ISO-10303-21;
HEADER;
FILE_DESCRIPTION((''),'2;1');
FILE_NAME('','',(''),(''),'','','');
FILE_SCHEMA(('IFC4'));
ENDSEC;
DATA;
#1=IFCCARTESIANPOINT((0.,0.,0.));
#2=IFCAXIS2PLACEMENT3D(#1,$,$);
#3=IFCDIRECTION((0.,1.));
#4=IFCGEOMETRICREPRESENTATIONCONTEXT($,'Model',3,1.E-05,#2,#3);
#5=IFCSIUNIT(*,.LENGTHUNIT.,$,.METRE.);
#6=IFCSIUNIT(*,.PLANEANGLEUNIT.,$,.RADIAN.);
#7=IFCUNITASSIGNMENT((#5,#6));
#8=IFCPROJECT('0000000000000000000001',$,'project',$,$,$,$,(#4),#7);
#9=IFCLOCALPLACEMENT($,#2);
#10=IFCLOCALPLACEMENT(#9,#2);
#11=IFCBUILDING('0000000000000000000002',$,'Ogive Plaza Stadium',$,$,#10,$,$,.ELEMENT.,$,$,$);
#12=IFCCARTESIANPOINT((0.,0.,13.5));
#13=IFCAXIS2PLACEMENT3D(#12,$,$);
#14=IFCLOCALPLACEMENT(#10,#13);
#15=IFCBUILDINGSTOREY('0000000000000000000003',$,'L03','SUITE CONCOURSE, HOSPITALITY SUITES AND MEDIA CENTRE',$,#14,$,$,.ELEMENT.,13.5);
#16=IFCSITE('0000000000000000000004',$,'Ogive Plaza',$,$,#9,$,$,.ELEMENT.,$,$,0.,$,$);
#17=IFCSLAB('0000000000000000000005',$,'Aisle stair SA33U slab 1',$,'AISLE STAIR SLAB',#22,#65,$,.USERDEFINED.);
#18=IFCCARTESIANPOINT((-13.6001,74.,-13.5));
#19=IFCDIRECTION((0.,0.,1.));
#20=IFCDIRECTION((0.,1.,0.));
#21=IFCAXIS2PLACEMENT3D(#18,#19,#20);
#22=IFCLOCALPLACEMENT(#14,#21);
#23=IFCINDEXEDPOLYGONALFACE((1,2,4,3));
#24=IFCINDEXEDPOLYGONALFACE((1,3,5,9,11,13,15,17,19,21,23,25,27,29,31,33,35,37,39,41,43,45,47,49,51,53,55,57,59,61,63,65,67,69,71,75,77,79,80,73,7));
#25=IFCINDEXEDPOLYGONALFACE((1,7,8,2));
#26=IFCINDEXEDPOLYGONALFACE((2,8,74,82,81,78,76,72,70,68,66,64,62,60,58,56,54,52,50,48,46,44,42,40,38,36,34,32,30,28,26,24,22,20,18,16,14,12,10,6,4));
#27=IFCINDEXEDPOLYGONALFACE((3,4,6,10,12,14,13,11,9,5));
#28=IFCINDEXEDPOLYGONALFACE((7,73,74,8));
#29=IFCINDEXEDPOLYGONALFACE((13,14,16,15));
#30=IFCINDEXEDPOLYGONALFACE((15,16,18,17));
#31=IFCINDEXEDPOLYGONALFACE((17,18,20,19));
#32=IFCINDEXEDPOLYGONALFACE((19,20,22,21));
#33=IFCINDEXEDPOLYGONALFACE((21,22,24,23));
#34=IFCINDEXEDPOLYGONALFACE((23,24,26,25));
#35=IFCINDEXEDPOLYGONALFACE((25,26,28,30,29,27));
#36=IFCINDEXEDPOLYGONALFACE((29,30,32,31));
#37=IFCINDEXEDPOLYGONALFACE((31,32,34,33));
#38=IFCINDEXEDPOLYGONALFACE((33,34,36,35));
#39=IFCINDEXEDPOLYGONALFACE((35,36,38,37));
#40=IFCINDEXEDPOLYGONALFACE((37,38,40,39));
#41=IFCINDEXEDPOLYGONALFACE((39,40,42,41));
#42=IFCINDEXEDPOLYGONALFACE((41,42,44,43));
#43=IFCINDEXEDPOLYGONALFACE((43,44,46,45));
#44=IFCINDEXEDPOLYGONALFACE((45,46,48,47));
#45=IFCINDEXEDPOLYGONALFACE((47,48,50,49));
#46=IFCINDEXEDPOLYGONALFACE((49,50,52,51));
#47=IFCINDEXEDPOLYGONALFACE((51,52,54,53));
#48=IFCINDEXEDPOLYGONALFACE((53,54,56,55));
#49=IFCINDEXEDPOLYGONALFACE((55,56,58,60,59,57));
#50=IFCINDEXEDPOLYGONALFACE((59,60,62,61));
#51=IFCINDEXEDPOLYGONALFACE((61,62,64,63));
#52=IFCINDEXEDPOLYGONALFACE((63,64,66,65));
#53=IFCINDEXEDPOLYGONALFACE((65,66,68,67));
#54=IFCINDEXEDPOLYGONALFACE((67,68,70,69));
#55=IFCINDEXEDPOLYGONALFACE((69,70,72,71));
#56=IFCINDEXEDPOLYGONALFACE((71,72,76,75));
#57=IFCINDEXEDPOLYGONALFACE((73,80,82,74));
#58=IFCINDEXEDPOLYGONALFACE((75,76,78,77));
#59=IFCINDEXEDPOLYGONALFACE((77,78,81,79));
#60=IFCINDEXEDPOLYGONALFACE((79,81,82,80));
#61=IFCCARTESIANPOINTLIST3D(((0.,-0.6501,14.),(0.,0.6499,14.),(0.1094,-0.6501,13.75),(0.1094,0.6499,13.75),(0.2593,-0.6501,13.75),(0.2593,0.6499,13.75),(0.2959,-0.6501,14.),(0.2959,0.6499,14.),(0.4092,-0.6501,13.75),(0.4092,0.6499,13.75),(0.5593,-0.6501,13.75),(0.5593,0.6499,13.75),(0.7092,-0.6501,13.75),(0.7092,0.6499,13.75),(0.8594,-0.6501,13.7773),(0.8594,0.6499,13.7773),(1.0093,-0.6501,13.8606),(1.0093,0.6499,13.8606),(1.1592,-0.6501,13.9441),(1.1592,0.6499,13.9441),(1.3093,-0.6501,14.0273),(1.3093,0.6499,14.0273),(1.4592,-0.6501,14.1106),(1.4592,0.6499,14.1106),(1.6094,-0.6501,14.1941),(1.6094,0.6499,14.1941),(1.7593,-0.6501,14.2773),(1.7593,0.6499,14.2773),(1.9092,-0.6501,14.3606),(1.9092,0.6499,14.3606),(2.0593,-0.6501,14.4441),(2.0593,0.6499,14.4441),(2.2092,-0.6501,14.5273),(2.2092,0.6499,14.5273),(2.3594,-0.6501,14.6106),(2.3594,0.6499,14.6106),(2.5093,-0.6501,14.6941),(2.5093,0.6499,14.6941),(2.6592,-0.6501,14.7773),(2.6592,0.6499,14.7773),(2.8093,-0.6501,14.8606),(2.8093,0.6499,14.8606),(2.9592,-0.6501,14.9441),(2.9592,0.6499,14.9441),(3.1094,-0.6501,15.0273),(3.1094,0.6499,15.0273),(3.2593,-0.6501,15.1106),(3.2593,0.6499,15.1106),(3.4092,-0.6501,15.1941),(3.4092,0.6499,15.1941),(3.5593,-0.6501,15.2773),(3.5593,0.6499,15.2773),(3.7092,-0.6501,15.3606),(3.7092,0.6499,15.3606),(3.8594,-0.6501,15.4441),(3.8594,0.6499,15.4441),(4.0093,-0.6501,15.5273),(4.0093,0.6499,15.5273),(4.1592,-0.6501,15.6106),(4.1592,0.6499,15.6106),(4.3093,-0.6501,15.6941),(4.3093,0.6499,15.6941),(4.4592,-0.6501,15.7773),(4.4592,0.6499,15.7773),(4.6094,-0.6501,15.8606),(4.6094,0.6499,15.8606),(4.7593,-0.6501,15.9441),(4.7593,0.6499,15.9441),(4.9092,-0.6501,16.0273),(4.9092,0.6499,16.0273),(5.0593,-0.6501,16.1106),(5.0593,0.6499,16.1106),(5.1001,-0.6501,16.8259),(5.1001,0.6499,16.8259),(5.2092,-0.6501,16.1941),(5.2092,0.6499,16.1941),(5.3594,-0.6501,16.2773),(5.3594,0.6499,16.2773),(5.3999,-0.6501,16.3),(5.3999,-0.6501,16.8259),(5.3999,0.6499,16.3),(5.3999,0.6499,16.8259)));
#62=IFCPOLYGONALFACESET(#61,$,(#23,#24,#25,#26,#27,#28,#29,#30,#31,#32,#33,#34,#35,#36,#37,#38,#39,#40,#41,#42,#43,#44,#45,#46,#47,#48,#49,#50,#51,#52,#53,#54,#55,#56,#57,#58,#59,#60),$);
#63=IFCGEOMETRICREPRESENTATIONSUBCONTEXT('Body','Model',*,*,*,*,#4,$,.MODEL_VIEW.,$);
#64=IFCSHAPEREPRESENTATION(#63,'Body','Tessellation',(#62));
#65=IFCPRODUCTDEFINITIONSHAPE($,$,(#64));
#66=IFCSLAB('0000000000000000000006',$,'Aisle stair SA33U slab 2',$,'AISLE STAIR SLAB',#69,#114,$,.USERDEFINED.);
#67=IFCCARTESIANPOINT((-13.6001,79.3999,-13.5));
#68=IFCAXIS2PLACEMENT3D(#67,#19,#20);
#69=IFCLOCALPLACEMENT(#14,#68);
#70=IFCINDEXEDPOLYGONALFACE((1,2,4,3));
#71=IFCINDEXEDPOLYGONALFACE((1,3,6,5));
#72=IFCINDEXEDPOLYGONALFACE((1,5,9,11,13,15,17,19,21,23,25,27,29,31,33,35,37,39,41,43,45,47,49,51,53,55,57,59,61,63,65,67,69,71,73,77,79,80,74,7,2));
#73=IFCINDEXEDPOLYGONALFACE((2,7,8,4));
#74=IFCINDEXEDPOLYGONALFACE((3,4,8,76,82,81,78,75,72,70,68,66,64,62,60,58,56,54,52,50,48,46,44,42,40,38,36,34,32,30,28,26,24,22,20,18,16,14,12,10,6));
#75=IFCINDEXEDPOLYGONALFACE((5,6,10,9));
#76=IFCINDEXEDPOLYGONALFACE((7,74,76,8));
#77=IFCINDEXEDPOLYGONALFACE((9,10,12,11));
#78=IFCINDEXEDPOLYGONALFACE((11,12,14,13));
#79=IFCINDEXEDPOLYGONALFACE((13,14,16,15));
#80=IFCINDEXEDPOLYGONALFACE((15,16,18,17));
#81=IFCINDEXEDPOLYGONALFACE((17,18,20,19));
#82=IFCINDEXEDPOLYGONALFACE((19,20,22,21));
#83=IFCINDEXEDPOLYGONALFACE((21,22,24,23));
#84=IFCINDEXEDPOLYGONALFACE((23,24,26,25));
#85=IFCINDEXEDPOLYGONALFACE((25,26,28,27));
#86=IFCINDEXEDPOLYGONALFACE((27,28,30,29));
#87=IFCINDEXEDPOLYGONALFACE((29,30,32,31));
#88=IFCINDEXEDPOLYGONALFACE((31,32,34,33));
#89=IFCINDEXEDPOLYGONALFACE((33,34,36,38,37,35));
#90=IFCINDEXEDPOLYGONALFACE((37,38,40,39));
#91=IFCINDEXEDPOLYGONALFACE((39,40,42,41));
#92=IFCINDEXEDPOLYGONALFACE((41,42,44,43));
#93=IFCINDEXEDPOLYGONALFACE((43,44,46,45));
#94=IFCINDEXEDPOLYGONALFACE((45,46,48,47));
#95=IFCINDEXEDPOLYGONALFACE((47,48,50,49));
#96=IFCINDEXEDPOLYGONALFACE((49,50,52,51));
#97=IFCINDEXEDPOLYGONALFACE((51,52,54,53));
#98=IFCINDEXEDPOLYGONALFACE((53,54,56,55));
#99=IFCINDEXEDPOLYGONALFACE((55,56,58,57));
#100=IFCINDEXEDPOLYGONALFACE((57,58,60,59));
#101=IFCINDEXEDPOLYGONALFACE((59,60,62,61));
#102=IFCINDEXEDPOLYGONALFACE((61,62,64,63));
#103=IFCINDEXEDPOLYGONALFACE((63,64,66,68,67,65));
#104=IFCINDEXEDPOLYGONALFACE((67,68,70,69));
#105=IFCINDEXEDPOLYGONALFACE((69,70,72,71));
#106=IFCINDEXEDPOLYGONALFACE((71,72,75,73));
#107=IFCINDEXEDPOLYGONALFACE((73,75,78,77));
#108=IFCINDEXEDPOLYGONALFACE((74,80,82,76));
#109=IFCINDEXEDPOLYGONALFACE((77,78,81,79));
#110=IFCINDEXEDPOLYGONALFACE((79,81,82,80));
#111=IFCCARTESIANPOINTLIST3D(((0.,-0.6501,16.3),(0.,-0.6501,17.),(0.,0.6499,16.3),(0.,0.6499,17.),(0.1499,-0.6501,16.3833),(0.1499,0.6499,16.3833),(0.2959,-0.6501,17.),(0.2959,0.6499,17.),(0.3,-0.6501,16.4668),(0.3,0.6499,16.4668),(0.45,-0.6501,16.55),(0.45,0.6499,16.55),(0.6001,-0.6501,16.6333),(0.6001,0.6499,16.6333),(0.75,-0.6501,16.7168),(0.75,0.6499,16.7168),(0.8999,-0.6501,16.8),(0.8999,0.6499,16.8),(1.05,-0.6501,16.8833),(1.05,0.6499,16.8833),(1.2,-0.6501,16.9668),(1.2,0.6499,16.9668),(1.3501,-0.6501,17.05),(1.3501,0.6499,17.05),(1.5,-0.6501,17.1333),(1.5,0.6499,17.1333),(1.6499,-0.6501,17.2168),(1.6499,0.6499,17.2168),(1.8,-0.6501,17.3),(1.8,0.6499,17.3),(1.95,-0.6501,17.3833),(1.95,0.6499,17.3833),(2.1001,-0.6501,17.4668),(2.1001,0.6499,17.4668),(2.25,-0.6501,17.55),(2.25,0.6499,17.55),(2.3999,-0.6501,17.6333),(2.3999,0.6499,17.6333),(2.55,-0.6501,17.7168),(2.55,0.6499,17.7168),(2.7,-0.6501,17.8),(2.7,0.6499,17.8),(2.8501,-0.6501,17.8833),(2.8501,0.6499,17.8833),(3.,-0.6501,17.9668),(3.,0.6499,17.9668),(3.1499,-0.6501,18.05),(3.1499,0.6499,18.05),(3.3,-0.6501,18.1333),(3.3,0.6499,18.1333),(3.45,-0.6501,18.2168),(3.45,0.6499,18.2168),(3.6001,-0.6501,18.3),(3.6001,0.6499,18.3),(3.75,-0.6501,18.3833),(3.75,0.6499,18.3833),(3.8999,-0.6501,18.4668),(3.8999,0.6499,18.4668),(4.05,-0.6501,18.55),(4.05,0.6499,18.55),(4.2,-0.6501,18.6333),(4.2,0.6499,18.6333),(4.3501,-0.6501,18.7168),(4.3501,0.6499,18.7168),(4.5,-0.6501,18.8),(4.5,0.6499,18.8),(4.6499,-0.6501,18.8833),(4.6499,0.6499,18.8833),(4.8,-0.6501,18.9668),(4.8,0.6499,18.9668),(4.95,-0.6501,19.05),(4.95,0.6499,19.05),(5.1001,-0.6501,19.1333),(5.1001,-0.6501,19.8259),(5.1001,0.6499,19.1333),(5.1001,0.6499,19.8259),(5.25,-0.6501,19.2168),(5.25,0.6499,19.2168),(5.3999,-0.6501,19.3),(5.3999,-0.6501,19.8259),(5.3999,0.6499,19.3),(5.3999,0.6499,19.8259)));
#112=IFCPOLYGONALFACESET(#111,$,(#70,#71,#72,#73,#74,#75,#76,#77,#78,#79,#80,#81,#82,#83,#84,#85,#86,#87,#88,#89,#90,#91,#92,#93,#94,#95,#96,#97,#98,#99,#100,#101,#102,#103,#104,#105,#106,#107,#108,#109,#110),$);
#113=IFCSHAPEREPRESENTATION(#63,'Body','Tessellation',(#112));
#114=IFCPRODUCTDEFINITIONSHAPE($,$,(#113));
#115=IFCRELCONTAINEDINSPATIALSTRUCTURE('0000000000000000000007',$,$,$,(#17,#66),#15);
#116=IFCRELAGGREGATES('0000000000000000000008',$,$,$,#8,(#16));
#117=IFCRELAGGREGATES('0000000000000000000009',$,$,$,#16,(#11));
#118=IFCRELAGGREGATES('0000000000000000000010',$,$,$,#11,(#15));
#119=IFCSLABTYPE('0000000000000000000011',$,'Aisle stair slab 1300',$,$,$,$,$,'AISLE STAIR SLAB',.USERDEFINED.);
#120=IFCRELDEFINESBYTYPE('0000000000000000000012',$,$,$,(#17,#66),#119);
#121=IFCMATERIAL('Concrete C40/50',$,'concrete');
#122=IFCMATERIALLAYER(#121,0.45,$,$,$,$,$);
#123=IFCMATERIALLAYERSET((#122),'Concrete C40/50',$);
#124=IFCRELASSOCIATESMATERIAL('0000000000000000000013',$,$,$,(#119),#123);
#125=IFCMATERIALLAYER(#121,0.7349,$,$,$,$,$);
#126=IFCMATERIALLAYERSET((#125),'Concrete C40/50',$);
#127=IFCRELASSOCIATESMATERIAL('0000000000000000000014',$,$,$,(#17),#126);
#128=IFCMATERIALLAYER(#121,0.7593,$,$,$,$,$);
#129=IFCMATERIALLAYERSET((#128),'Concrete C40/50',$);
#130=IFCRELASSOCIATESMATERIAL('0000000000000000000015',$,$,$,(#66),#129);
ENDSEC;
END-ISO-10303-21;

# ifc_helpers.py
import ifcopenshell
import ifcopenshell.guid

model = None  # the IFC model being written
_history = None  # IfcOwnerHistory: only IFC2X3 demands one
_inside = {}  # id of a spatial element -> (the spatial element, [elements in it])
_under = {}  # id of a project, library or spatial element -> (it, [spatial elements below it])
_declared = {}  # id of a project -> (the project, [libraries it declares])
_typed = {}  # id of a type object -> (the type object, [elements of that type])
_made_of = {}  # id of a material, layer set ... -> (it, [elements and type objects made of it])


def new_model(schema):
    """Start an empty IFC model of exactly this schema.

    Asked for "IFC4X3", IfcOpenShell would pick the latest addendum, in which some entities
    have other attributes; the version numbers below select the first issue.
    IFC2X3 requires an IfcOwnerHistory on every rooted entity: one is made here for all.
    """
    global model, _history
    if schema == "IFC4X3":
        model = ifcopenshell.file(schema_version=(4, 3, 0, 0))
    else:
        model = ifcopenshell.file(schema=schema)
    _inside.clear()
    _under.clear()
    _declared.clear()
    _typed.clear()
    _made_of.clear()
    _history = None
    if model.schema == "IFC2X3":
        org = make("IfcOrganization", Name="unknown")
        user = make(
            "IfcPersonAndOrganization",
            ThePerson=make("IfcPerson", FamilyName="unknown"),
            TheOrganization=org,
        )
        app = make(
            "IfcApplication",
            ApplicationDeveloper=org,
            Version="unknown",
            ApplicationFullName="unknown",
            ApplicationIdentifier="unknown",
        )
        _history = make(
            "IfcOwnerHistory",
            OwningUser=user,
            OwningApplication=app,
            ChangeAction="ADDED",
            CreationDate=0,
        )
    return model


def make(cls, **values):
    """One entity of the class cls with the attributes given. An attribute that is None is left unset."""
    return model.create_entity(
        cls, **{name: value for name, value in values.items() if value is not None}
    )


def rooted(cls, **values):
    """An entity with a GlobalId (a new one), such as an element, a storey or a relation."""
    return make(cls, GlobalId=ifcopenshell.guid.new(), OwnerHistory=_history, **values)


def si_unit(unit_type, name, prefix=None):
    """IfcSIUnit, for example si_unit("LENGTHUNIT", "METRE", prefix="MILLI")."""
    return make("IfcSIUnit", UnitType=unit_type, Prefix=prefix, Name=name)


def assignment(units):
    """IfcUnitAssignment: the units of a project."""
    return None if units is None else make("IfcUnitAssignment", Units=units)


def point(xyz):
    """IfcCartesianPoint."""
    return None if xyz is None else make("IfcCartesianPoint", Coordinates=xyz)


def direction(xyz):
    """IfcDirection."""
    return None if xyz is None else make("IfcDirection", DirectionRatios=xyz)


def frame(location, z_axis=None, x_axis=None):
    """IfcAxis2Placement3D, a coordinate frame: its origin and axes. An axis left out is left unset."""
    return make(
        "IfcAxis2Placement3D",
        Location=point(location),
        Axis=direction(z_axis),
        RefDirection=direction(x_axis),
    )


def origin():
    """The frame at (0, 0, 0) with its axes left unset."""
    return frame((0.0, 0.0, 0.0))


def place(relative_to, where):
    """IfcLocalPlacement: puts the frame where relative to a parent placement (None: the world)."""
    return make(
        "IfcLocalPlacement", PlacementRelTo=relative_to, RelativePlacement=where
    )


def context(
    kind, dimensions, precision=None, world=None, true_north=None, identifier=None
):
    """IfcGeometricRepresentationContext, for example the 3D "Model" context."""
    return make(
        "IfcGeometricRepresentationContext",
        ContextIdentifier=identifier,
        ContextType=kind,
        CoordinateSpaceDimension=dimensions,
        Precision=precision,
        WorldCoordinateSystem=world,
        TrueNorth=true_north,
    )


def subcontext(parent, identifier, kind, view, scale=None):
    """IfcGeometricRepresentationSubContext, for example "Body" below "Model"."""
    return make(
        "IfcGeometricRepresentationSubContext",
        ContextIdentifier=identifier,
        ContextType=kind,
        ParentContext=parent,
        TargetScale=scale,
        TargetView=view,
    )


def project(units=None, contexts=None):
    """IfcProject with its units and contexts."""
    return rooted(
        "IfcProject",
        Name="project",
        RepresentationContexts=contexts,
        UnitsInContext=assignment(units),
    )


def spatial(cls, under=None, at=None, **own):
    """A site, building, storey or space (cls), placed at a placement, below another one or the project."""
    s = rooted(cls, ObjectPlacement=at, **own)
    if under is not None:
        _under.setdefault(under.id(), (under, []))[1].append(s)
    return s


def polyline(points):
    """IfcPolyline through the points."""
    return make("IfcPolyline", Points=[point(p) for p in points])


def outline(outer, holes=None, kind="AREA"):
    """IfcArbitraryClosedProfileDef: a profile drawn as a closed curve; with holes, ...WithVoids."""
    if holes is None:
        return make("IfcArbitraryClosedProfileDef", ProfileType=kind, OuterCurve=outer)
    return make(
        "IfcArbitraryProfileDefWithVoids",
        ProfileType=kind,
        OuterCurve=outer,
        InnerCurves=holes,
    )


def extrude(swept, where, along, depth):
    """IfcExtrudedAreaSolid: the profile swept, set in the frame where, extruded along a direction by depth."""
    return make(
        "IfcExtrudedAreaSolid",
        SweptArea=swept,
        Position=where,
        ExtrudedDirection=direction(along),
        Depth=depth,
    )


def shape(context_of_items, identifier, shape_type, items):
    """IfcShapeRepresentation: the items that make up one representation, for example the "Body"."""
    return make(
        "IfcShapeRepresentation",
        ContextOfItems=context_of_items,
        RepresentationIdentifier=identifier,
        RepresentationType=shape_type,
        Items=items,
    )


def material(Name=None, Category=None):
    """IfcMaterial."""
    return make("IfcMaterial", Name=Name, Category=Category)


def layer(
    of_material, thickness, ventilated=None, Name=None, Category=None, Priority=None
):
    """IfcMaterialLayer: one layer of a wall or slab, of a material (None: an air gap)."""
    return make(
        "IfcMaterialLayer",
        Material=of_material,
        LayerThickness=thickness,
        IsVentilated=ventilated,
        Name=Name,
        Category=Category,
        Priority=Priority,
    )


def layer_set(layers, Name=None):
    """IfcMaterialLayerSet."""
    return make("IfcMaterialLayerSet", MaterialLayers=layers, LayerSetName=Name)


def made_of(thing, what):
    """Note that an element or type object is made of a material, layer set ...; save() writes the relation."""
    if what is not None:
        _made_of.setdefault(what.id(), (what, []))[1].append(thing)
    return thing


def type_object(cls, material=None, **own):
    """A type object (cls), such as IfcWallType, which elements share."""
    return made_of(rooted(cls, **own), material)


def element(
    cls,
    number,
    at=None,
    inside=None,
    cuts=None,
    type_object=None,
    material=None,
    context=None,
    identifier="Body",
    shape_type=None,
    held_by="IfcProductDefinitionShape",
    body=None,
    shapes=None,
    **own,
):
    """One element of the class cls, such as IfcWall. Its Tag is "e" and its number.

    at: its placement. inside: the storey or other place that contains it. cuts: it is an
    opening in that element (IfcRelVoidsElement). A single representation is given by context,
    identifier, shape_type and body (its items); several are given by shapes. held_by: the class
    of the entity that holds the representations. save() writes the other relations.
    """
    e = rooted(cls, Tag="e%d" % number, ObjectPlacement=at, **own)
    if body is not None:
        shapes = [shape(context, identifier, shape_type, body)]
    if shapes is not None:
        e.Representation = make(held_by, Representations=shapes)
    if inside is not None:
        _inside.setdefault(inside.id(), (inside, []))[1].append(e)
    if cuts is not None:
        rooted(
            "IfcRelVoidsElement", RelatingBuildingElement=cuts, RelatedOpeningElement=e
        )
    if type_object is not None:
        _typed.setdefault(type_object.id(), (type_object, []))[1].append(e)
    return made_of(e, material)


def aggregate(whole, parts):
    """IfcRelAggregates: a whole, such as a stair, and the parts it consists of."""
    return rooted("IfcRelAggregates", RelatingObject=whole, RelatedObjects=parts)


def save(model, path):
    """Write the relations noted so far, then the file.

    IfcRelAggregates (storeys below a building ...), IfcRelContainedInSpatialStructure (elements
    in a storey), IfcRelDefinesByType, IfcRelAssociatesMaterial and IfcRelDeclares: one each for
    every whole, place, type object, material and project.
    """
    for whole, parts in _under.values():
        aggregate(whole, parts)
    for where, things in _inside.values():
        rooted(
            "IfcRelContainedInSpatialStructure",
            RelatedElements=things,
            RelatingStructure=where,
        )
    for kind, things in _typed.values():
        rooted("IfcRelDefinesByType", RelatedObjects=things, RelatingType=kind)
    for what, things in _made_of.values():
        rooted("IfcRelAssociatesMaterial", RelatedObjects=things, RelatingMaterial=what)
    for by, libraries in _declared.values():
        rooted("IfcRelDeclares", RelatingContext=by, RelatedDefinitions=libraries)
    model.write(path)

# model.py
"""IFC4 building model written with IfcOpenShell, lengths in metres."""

from ifc_helpers import new_model, si_unit, direction, frame, origin, place, context, subcontext, project, spatial, polyline, outline, extrude, material, layer, layer_set, type_object, element, save


model = new_model("IFC4")

# Units and contexts
model_context = context("Model", 3, precision=1e-05, world=origin(), true_north=direction((0.0, 1.0)))
body_context = subcontext(model_context, "Body", "Model", "MODEL_VIEW")
ifc_project = project(units=[si_unit("LENGTHUNIT", "METRE"), si_unit("PLANEANGLEUNIT", "RADIAN")], contexts=[model_context])

# Site, building, storey
site_placement = place(None, origin())
site = spatial("IfcSite", under=ifc_project, at=site_placement, Name="Ogive Plaza", CompositionType="ELEMENT", RefElevation=0.0)
building_placement = place(site_placement, origin())
building = spatial("IfcBuilding", under=site, at=building_placement, Name="Ogive Plaza Stadium", CompositionType="ELEMENT")
storey_placement = place(building_placement, frame((0.0, 0.0, 13.5)))
storey = spatial("IfcBuildingStorey", under=building, at=storey_placement, Name="L03", Description="SUITE CONCOURSE, HOSPITALITY SUITES AND MEDIA CENTRE", CompositionType="ELEMENT", Elevation=13.5)

# Slabs
ifc_material_1 = material(Name="Concrete C40/50", Category="concrete")
ifc_layer_1 = layer(ifc_material_1, 0.7349)
ifc_layer_set_1 = layer_set([ifc_layer_1], Name="Concrete C40/50")
ifc_layer_2 = layer(ifc_material_1, 0.45)
ifc_layer_set_2 = layer_set([ifc_layer_2], Name="Concrete C40/50")
slab_type = type_object("IfcSlabType", Name="Aisle stair slab 1300", ElementType="AISLE STAIR SLAB", PredefinedType="USERDEFINED", material=ifc_layer_set_2)
slab_1_placement = place(storey_placement, frame((-13.6001, 74.0, -13.5), z_axis=(0.0, 0.0, 1.0), x_axis=(0.0, 1.0, 0.0)))
element("IfcSlab", 1, at=slab_1_placement, inside=storey, type_object=slab_type, material=ifc_layer_set_1, Name="Aisle stair SA33U slab 1", ObjectType="AISLE STAIR SLAB", PredefinedType="USERDEFINED", context=body_context, shape_type="SweptSolid", body=[
    extrude(outline(polyline([(0.0, 14.0), (0.2959, 14.0), (5.1001, 16.8259), (5.3999, 16.8259), (5.3999, 16.3), (5.3594, 16.2773), (5.2092, 16.1941), (5.0593, 16.1106), (4.9092, 16.0273), (4.7593, 15.9441), (4.6094, 15.8606), (4.4592, 15.7773), (4.3093, 15.6941), (4.1592, 15.6106), (4.0093, 15.5273), (3.8594, 15.4441), (3.7092, 15.3606), (3.5593, 15.2773), (3.4092, 15.1941), (3.2593, 15.1106), (3.1094, 15.0273), (2.9592, 14.9441), (2.8093, 14.8606), (2.6592, 14.7773), (2.5093, 14.6941), (2.3594, 14.6106), (2.2092, 14.5273), (2.0593, 14.4441), (1.9092, 14.3606), (1.7593, 14.2773), (1.6094, 14.1941), (1.4592, 14.1106), (1.3093, 14.0273), (1.1592, 13.9441), (1.0093, 13.8606), (0.8594, 13.7773), (0.7092, 13.75), (0.5593, 13.75), (0.4092, 13.75), (0.2593, 13.75), (0.1094, 13.75), (0.0, 14.0)])), frame((0.0, 0.6499, 0.0), z_axis=(0.0, -1.0, 0.0), x_axis=(1.0, 0.0, 0.0)), (0.0, 0.0, 1.0), 1.3),
])
ifc_layer_3 = layer(ifc_material_1, 0.7593)
ifc_layer_set_3 = layer_set([ifc_layer_3], Name="Concrete C40/50")
slab_2_placement = place(storey_placement, frame((-13.6001, 79.3999, -13.5), z_axis=(0.0, 0.0, 1.0), x_axis=(0.0, 1.0, 0.0)))
element("IfcSlab", 2, at=slab_2_placement, inside=storey, type_object=slab_type, material=ifc_layer_set_3, Name="Aisle stair SA33U slab 2", ObjectType="AISLE STAIR SLAB", PredefinedType="USERDEFINED", context=body_context, shape_type="SweptSolid", body=[
    extrude(outline(polyline([(0.0, 17.0), (0.2959, 17.0), (5.1001, 19.8259), (5.3999, 19.8259), (5.3999, 19.3), (5.25, 19.2168), (5.1001, 19.1333), (4.95, 19.05), (4.8, 18.9668), (4.6499, 18.8833), (4.5, 18.8), (4.3501, 18.7168), (4.2, 18.6333), (4.05, 18.55), (3.8999, 18.4668), (3.75, 18.3833), (3.6001, 18.3), (3.45, 18.2168), (3.3, 18.1333), (3.1499, 18.05), (3.0, 17.9668), (2.8501, 17.8833), (2.7, 17.8), (2.55, 17.7168), (2.3999, 17.6333), (2.25, 17.55), (2.1001, 17.4668), (1.95, 17.3833), (1.8, 17.3), (1.6499, 17.2168), (1.5, 17.1333), (1.3501, 17.05), (1.2, 16.9668), (1.05, 16.8833), (0.8999, 16.8), (0.75, 16.7168), (0.6001, 16.6333), (0.45, 16.55), (0.3, 16.4668), (0.1499, 16.3833), (0.0, 16.3), (0.0, 17.0)])), frame((0.0, 0.6499, 0.0), z_axis=(0.0, -1.0, 0.0), x_axis=(1.0, 0.0, 0.0)), (0.0, 0.0, 1.0), 1.3),
])

save(model, "model.ifc")
